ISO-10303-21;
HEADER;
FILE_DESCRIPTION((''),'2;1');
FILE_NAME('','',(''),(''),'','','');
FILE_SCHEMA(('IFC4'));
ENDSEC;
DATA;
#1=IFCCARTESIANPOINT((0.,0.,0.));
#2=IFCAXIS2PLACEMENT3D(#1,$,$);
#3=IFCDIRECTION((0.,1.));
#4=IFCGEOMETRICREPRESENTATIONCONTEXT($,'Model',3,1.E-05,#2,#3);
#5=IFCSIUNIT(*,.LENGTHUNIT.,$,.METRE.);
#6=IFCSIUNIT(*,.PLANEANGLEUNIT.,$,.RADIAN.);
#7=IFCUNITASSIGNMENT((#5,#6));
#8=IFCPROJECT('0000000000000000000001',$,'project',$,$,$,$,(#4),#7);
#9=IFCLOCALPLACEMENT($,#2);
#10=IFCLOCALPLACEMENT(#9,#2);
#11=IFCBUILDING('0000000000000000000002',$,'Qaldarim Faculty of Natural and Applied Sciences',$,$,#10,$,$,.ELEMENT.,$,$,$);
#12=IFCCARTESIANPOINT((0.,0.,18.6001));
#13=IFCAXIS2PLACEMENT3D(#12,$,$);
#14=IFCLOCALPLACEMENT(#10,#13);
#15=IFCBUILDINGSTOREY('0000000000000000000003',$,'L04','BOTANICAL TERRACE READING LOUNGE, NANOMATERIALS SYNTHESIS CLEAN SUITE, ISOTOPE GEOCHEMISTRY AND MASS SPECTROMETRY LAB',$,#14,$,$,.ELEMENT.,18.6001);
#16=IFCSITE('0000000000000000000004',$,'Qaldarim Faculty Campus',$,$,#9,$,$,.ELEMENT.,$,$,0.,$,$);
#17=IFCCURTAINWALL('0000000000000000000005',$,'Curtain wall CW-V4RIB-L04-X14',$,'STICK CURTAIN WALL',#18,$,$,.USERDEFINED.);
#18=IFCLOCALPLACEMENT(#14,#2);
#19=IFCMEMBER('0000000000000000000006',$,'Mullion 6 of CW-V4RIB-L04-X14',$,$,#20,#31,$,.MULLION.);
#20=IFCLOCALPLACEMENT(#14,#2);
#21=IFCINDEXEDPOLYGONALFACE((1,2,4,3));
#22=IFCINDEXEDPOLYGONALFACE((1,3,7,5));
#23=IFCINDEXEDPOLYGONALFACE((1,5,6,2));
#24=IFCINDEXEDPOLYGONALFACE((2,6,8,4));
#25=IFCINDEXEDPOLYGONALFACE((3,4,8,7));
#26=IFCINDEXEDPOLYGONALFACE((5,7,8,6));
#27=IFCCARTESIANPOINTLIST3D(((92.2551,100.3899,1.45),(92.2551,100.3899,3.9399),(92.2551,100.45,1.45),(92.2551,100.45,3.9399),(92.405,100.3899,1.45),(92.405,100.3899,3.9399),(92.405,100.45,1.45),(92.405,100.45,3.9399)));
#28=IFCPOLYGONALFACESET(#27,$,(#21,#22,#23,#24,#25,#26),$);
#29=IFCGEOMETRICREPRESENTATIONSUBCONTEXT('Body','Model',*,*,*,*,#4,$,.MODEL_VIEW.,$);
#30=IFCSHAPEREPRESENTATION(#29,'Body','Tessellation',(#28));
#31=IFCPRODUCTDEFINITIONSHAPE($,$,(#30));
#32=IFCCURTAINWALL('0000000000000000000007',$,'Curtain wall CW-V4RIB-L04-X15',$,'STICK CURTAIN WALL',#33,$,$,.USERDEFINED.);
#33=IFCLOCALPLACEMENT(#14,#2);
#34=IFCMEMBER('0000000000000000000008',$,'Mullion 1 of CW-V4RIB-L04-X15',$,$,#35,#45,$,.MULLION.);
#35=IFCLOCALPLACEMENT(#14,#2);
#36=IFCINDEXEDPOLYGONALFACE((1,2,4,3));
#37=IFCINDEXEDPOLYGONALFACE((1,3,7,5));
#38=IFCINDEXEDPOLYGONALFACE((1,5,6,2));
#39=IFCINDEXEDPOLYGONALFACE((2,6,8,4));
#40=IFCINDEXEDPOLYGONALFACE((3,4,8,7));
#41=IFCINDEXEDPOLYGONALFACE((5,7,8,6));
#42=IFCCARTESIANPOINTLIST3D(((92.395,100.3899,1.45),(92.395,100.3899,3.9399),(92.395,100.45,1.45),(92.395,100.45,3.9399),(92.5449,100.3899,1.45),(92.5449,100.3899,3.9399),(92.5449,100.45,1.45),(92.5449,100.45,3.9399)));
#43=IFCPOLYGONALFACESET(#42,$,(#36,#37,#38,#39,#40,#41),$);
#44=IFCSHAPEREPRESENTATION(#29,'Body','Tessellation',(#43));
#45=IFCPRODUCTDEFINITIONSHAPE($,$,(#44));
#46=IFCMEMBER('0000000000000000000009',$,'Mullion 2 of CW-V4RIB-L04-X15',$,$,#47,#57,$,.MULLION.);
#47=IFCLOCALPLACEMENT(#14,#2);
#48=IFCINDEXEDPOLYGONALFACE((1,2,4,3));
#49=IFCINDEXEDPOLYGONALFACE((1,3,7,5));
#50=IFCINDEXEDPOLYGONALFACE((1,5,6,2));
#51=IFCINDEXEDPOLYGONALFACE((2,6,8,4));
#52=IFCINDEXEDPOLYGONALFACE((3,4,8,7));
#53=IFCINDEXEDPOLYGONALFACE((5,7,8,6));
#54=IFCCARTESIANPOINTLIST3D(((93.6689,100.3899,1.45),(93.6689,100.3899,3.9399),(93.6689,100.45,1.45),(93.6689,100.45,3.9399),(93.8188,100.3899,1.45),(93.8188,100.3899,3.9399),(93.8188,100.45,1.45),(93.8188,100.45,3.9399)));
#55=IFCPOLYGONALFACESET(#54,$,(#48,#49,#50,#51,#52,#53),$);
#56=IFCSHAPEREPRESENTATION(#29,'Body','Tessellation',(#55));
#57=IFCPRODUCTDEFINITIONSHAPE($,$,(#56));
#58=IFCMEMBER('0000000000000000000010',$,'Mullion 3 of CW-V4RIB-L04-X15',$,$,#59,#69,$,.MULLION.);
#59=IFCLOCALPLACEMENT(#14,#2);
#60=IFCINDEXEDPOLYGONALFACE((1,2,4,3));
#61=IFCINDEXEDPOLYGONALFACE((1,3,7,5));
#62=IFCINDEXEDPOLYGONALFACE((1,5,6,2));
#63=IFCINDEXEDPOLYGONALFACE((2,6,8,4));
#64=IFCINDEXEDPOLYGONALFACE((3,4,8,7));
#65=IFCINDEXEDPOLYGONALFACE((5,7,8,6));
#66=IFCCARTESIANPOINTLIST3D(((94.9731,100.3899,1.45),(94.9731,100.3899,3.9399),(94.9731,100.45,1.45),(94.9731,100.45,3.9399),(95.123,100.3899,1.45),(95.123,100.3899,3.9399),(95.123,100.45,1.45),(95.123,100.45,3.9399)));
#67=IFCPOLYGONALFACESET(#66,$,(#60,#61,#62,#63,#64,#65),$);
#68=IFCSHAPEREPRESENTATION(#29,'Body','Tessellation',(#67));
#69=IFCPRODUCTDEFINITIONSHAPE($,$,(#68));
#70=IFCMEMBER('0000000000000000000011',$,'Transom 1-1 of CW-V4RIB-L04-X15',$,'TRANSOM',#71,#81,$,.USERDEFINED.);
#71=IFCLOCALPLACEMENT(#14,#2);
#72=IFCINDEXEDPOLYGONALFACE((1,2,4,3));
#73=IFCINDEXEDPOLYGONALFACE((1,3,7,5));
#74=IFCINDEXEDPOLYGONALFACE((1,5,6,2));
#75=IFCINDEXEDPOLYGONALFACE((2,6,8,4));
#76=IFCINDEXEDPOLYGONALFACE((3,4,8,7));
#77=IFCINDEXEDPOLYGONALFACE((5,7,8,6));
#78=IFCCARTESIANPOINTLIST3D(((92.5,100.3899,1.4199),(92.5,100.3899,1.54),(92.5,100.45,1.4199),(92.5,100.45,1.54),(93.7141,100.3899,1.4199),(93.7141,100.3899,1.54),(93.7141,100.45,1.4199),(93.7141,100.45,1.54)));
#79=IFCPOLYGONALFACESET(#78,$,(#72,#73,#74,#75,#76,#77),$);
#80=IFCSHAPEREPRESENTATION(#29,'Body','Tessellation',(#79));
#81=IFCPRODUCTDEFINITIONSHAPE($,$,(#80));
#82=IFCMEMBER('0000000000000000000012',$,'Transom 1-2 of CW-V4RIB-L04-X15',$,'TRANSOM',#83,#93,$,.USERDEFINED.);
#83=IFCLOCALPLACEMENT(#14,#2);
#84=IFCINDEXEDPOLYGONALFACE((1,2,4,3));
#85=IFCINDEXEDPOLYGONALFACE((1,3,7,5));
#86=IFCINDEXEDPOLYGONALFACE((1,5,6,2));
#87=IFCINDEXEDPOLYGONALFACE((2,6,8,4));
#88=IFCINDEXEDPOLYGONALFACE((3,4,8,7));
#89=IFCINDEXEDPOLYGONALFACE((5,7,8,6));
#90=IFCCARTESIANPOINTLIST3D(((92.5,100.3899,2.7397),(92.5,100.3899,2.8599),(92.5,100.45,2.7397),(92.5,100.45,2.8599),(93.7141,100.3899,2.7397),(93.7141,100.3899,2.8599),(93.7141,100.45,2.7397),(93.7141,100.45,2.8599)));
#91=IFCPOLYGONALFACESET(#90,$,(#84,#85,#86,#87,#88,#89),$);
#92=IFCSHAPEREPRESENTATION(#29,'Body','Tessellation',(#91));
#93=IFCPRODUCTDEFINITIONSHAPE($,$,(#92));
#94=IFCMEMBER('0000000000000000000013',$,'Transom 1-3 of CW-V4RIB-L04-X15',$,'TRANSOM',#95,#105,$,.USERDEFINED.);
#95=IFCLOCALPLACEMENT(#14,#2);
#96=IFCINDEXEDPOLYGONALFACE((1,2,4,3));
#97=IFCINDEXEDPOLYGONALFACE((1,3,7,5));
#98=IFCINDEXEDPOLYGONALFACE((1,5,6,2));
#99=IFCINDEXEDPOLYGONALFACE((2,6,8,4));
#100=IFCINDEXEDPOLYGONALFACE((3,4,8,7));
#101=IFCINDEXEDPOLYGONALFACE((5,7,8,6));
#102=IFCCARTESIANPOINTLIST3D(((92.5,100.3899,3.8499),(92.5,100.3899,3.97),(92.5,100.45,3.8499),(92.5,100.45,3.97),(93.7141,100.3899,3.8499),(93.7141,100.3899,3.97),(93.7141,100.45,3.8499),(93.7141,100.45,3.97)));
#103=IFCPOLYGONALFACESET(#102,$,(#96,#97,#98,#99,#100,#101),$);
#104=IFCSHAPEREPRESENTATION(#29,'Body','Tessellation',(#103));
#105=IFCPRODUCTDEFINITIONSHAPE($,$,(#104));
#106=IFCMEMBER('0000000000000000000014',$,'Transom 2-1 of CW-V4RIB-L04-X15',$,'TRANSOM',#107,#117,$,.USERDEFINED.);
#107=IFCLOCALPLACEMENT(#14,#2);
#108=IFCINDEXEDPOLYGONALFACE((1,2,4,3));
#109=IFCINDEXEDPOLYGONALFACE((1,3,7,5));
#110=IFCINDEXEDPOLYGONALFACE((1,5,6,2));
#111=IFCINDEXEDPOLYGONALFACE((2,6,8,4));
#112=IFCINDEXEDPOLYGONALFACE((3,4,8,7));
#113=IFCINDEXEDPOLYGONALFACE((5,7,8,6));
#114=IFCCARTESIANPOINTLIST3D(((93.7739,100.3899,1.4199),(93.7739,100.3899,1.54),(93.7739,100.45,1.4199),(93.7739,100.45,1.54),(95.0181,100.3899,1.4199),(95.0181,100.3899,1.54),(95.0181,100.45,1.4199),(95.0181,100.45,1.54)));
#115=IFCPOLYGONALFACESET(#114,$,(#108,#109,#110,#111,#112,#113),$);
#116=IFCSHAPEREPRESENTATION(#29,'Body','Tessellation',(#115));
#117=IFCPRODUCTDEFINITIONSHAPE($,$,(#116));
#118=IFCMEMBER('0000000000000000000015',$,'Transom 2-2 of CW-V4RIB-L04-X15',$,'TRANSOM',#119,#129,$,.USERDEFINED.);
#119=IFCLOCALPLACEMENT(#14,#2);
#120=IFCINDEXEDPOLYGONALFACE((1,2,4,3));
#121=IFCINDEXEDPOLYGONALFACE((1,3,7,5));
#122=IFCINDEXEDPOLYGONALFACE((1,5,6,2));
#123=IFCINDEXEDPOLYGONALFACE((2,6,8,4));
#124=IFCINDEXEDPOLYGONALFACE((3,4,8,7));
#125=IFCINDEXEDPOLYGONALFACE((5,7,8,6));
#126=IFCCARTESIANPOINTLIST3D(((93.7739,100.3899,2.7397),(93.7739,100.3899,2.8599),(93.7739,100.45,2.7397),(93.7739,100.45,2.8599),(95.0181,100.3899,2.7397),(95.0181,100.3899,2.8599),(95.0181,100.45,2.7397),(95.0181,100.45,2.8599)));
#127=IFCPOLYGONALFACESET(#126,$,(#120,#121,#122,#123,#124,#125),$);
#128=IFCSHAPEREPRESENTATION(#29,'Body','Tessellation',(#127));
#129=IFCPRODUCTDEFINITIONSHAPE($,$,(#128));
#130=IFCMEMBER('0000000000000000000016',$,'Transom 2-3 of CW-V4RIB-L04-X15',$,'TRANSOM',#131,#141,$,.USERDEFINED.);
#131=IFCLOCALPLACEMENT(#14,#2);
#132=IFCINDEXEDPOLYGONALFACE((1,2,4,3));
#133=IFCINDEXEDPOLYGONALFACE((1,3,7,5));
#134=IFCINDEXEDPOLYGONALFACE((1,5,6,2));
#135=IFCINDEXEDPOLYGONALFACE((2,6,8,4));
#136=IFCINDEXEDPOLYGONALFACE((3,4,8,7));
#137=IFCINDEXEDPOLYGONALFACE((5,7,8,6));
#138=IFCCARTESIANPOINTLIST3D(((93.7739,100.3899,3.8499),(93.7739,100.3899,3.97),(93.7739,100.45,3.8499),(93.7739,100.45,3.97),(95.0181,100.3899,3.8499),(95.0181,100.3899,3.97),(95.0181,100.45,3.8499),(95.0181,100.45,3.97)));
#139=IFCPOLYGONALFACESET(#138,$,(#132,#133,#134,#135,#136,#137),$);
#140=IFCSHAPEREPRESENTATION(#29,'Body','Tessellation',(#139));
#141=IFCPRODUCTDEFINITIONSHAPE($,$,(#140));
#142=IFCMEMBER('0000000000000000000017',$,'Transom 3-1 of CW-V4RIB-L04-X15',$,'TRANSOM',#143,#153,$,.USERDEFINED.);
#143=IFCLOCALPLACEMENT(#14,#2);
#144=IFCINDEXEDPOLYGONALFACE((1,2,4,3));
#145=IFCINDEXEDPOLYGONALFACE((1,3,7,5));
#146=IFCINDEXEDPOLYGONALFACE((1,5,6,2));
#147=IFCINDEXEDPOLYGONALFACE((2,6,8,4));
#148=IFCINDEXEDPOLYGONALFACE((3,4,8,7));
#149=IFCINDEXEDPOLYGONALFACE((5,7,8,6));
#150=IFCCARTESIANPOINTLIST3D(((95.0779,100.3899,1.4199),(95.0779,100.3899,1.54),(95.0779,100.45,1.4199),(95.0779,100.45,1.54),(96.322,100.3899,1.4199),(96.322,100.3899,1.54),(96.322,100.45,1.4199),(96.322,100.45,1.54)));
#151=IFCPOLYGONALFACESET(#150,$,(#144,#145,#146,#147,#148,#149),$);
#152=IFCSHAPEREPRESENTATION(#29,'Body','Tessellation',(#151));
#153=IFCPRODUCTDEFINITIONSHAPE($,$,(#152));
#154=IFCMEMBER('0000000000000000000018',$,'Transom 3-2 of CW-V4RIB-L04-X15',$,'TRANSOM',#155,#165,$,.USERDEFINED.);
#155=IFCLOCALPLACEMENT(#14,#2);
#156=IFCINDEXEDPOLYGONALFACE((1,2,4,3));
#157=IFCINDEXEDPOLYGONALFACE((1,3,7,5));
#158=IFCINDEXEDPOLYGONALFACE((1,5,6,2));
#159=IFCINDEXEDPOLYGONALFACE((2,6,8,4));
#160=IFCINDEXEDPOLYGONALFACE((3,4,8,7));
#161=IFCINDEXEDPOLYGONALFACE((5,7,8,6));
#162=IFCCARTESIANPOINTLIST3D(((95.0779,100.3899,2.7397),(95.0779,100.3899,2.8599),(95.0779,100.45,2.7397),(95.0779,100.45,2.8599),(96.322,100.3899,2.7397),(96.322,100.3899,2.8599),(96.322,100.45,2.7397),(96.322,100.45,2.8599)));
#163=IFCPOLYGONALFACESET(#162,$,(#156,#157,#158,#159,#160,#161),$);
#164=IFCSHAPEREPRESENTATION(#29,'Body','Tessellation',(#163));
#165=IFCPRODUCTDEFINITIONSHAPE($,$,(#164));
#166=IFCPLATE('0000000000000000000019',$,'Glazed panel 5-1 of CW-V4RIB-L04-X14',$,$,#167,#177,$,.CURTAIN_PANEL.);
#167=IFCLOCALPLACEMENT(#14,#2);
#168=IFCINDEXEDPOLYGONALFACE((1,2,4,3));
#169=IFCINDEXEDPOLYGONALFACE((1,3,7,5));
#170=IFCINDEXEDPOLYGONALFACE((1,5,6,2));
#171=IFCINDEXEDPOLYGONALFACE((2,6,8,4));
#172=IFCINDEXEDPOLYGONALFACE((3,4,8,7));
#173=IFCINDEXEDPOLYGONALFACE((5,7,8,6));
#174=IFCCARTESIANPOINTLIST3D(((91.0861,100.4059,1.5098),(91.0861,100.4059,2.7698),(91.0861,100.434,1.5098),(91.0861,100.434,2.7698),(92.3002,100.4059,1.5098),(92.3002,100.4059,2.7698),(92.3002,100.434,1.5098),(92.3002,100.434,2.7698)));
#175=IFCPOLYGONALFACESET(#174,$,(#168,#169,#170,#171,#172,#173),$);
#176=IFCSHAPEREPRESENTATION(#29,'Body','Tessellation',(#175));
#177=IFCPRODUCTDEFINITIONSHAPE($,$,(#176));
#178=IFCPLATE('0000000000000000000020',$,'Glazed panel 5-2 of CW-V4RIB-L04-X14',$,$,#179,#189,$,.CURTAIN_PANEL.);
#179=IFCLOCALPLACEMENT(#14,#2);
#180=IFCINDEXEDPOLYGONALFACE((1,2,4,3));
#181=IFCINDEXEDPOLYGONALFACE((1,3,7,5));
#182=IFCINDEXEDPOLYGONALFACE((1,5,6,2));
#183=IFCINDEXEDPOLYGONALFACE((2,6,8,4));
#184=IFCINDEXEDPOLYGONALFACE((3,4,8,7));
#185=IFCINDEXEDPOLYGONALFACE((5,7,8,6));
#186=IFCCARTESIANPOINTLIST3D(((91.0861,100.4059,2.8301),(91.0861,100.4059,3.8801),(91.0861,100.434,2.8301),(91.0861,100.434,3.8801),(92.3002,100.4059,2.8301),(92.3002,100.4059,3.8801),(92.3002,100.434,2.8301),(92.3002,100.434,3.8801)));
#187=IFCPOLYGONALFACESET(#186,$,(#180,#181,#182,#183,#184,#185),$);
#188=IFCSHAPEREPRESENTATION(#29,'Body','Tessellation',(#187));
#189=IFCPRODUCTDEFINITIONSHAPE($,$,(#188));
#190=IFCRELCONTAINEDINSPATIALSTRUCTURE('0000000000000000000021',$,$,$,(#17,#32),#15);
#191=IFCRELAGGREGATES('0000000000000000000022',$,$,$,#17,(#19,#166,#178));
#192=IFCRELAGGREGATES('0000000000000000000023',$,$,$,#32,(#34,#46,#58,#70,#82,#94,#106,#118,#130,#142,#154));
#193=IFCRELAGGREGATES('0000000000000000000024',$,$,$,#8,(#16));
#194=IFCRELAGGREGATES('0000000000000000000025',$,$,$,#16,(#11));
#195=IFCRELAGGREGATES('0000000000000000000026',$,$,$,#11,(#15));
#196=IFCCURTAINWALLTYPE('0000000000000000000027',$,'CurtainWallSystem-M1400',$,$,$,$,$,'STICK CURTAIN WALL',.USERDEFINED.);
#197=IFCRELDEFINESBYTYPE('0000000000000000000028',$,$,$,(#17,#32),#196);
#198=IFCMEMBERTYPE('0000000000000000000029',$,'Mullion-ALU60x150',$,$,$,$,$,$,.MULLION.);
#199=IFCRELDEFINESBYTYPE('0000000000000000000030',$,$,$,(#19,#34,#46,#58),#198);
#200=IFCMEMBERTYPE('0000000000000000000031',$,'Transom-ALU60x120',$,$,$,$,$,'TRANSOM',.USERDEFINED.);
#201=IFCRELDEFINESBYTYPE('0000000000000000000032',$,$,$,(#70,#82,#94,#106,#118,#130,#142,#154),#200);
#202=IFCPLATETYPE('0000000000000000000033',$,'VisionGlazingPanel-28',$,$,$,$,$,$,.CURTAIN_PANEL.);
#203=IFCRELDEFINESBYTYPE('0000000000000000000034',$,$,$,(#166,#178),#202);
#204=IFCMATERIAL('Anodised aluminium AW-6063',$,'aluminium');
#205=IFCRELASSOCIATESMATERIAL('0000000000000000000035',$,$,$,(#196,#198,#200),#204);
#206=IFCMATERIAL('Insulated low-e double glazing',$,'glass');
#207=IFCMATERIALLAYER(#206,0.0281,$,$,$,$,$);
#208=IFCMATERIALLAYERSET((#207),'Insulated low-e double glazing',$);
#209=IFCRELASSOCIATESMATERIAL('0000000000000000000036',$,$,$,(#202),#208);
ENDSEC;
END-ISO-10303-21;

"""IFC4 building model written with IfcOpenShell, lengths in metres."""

from ifc_helpers import new_model, si_unit, direction, frame, origin, origin_2d, place, context, subcontext, project, spatial, rectangle, extrude, material, layer, layer_set, material_profile, profile_set, type_object, element, aggregate, save


model = new_model("IFC4")

# Units and contexts
model_context = context("Model", 3, precision=1e-05, world=origin(), true_north=direction((0.0, 1.0)))
body_context = subcontext(model_context, "Body", "Model", "MODEL_VIEW")
ifc_project = project(units=[si_unit("LENGTHUNIT", "METRE"), si_unit("PLANEANGLEUNIT", "RADIAN")], contexts=[model_context])

# Site, building, storey
site_placement = place(None, origin())
site = spatial("IfcSite", under=ifc_project, at=site_placement, Name="Qaldarim Faculty Campus", CompositionType="ELEMENT", RefElevation=0.0)
building_placement = place(site_placement, origin())
building = spatial("IfcBuilding", under=site, at=building_placement, Name="Qaldarim Faculty of Natural and Applied Sciences", CompositionType="ELEMENT")
storey_placement = place(building_placement, frame((0.0, 0.0, 18.6001)))
storey = spatial("IfcBuildingStorey", under=building, at=storey_placement, Name="L04", Description="BOTANICAL TERRACE READING LOUNGE, NANOMATERIALS SYNTHESIS CLEAN SUITE, ISOTOPE GEOCHEMISTRY AND MASS SPECTROMETRY LAB", CompositionType="ELEMENT", Elevation=18.6001)

# Curtain wall, member
ifc_material_1 = material(Name="Anodised aluminium AW-6063", Category="aluminium")
curtain_wall_type = type_object("IfcCurtainWallType", Name="CurtainWallSystem-M1400", ElementType="STICK CURTAIN WALL", PredefinedType="USERDEFINED", material=ifc_material_1)
curtain_wall_1_placement = place(storey_placement, origin())
curtain_wall_1 = element("IfcCurtainWall", 1, at=curtain_wall_1_placement, inside=storey, type_object=curtain_wall_type, Name="Curtain wall CW-V4RIB-L04-X14", ObjectType="STICK CURTAIN WALL", PredefinedType="USERDEFINED")
ifc_material_profile_1 = material_profile(ifc_material_1, rectangle(XDim=0.0601, YDim=0.1499, at=origin_2d()), Name="ALU-M60x150")
ifc_profile_set_1 = profile_set([ifc_material_profile_1], Name="Anodised aluminium AW-6063")
member_type_1 = type_object("IfcMemberType", Name="Mullion-ALU60x150", PredefinedType="MULLION", material=ifc_profile_set_1)
member_1_placement = place(storey_placement, frame((92.3301, 100.4199, 1.45), z_axis=(0.0, 0.0, 1.0), x_axis=(0.0, 1.0, 0.0)))
member_1 = element("IfcMember", 2, at=member_1_placement, type_object=member_type_1, Name="Mullion 6 of CW-V4RIB-L04-X14", PredefinedType="MULLION", context=body_context, shape_type="SweptSolid", body=[
    extrude(rectangle(XDim=0.0601, YDim=0.1499, at=origin_2d()), origin(), (0.0, 0.0, 1.0), 2.49),
])

# Curtain wall, members
curtain_wall_2_placement = place(storey_placement, origin())
curtain_wall_2 = element("IfcCurtainWall", 3, at=curtain_wall_2_placement, inside=storey, type_object=curtain_wall_type, Name="Curtain wall CW-V4RIB-L04-X15", ObjectType="STICK CURTAIN WALL", PredefinedType="USERDEFINED")
member_2_placement = place(storey_placement, frame((92.47, 100.4199, 1.45), z_axis=(0.0, 0.0, 1.0), x_axis=(0.0, 1.0, 0.0)))
member_2 = element("IfcMember", 4, at=member_2_placement, type_object=member_type_1, Name="Mullion 1 of CW-V4RIB-L04-X15", PredefinedType="MULLION", context=body_context, shape_type="SweptSolid", body=[
    extrude(rectangle(XDim=0.0601, YDim=0.1499, at=origin_2d()), origin(), (0.0, 0.0, 1.0), 2.49),
])
member_3_placement = place(storey_placement, frame((93.7439, 100.4199, 1.45), z_axis=(0.0, 0.0, 1.0), x_axis=(0.0, 1.0, 0.0)))
member_3 = element("IfcMember", 5, at=member_3_placement, type_object=member_type_1, Name="Mullion 2 of CW-V4RIB-L04-X15", PredefinedType="MULLION", context=body_context, shape_type="SweptSolid", body=[
    extrude(rectangle(XDim=0.0601, YDim=0.1499, at=origin_2d()), origin(), (0.0, 0.0, 1.0), 2.49),
])
member_4_placement = place(storey_placement, frame((95.0481, 100.4199, 1.45), z_axis=(0.0, 0.0, 1.0), x_axis=(0.0, 1.0, 0.0)))
member_4 = element("IfcMember", 6, at=member_4_placement, type_object=member_type_1, Name="Mullion 3 of CW-V4RIB-L04-X15", PredefinedType="MULLION", context=body_context, shape_type="SweptSolid", body=[
    extrude(rectangle(XDim=0.0601, YDim=0.1499, at=origin_2d()), origin(), (0.0, 0.0, 1.0), 2.49),
])
ifc_material_profile_2 = material_profile(ifc_material_1, rectangle(XDim=0.0601, YDim=0.1201, at=origin_2d()), Name="ALU-T60x120")
ifc_profile_set_2 = profile_set([ifc_material_profile_2], Name="Anodised aluminium AW-6063")
member_type_2 = type_object("IfcMemberType", Name="Transom-ALU60x120", ElementType="TRANSOM", PredefinedType="USERDEFINED", material=ifc_profile_set_2)
member_5_placement = place(storey_placement, frame((92.5, 100.4199, 1.48), z_axis=(1.0, 0.0, 0.0), x_axis=(0.0, 1.0, 0.0)))
member_5 = element("IfcMember", 7, at=member_5_placement, type_object=member_type_2, Name="Transom 1-1 of CW-V4RIB-L04-X15", ObjectType="TRANSOM", PredefinedType="USERDEFINED", context=body_context, shape_type="SweptSolid", body=[
    extrude(rectangle(XDim=0.0601, YDim=0.1201, at=origin_2d()), origin(), (0.0, 0.0, 1.0), 1.2141),
])
member_6_placement = place(storey_placement, frame((92.5, 100.4199, 2.7998), z_axis=(1.0, 0.0, 0.0), x_axis=(0.0, 1.0, 0.0)))
member_6 = element("IfcMember", 8, at=member_6_placement, type_object=member_type_2, Name="Transom 1-2 of CW-V4RIB-L04-X15", ObjectType="TRANSOM", PredefinedType="USERDEFINED", context=body_context, shape_type="SweptSolid", body=[
    extrude(rectangle(XDim=0.0601, YDim=0.1201, at=origin_2d()), origin(), (0.0, 0.0, 1.0), 1.2141),
])
member_7_placement = place(storey_placement, frame((92.5, 100.4199, 3.9099), z_axis=(1.0, 0.0, 0.0), x_axis=(0.0, 1.0, 0.0)))
member_7 = element("IfcMember", 9, at=member_7_placement, type_object=member_type_2, Name="Transom 1-3 of CW-V4RIB-L04-X15", ObjectType="TRANSOM", PredefinedType="USERDEFINED", context=body_context, shape_type="SweptSolid", body=[
    extrude(rectangle(XDim=0.0601, YDim=0.1201, at=origin_2d()), origin(), (0.0, 0.0, 1.0), 1.2141),
])
member_8_placement = place(storey_placement, frame((93.7739, 100.4199, 1.48), z_axis=(1.0, 0.0, 0.0), x_axis=(0.0, 1.0, 0.0)))
member_8 = element("IfcMember", 10, at=member_8_placement, type_object=member_type_2, Name="Transom 2-1 of CW-V4RIB-L04-X15", ObjectType="TRANSOM", PredefinedType="USERDEFINED", context=body_context, shape_type="SweptSolid", body=[
    extrude(rectangle(XDim=0.0601, YDim=0.1201, at=origin_2d()), origin(), (0.0, 0.0, 1.0), 1.2441),
])
member_9_placement = place(storey_placement, frame((93.7739, 100.4199, 2.7998), z_axis=(1.0, 0.0, 0.0), x_axis=(0.0, 1.0, 0.0)))
member_9 = element("IfcMember", 11, at=member_9_placement, type_object=member_type_2, Name="Transom 2-2 of CW-V4RIB-L04-X15", ObjectType="TRANSOM", PredefinedType="USERDEFINED", context=body_context, shape_type="SweptSolid", body=[
    extrude(rectangle(XDim=0.0601, YDim=0.1201, at=origin_2d()), origin(), (0.0, 0.0, 1.0), 1.2441),
])
member_10_placement = place(storey_placement, frame((93.7739, 100.4199, 3.9099), z_axis=(1.0, 0.0, 0.0), x_axis=(0.0, 1.0, 0.0)))
member_10 = element("IfcMember", 12, at=member_10_placement, type_object=member_type_2, Name="Transom 2-3 of CW-V4RIB-L04-X15", ObjectType="TRANSOM", PredefinedType="USERDEFINED", context=body_context, shape_type="SweptSolid", body=[
    extrude(rectangle(XDim=0.0601, YDim=0.1201, at=origin_2d()), origin(), (0.0, 0.0, 1.0), 1.2441),
])
member_11_placement = place(storey_placement, frame((95.0779, 100.4199, 1.48), z_axis=(1.0, 0.0, 0.0), x_axis=(0.0, 1.0, 0.0)))
member_11 = element("IfcMember", 13, at=member_11_placement, type_object=member_type_2, Name="Transom 3-1 of CW-V4RIB-L04-X15", ObjectType="TRANSOM", PredefinedType="USERDEFINED", context=body_context, shape_type="SweptSolid", body=[
    extrude(rectangle(XDim=0.0601, YDim=0.1201, at=origin_2d()), origin(), (0.0, 0.0, 1.0), 1.2441),
])
member_12_placement = place(storey_placement, frame((95.0779, 100.4199, 2.7998), z_axis=(1.0, 0.0, 0.0), x_axis=(0.0, 1.0, 0.0)))
member_12 = element("IfcMember", 14, at=member_12_placement, type_object=member_type_2, Name="Transom 3-2 of CW-V4RIB-L04-X15", ObjectType="TRANSOM", PredefinedType="USERDEFINED", context=body_context, shape_type="SweptSolid", body=[
    extrude(rectangle(XDim=0.0601, YDim=0.1201, at=origin_2d()), origin(), (0.0, 0.0, 1.0), 1.2441),
])

# Plates
ifc_material_2 = material(Name="Insulated low-e double glazing", Category="glass")
ifc_layer_1 = layer(ifc_material_2, 0.0281)
ifc_layer_set_1 = layer_set([ifc_layer_1], Name="Insulated low-e double glazing")
plate_type = type_object("IfcPlateType", Name="VisionGlazingPanel-28", PredefinedType="CURTAIN_PANEL", material=ifc_layer_set_1)
plate_1_placement = place(storey_placement, frame((91.6931, 100.4199, 1.5098), z_axis=(0.0, 0.0, 1.0), x_axis=(1.0, 0.0, 0.0)))
plate_1 = element("IfcPlate", 15, at=plate_1_placement, type_object=plate_type, Name="Glazed panel 5-1 of CW-V4RIB-L04-X14", PredefinedType="CURTAIN_PANEL", context=body_context, shape_type="SweptSolid", body=[
    extrude(rectangle(XDim=1.2141, YDim=0.0281, at=origin_2d()), origin(), (0.0, 0.0, 1.0), 1.26),
])
plate_2_placement = place(storey_placement, frame((91.6931, 100.4199, 2.8301), z_axis=(0.0, 0.0, 1.0), x_axis=(1.0, 0.0, 0.0)))
plate_2 = element("IfcPlate", 16, at=plate_2_placement, type_object=plate_type, Name="Glazed panel 5-2 of CW-V4RIB-L04-X14", PredefinedType="CURTAIN_PANEL", context=body_context, shape_type="SweptSolid", body=[
    extrude(rectangle(XDim=1.2141, YDim=0.0281, at=origin_2d()), origin(), (0.0, 0.0, 1.0), 1.05),
])
aggregate(curtain_wall_1, [member_1, plate_1, plate_2])
aggregate(curtain_wall_2, [member_2, member_3, member_4, member_5, member_6, member_7, member_8, member_9, member_10, member_11, member_12])

save(model, "model.ifc")
